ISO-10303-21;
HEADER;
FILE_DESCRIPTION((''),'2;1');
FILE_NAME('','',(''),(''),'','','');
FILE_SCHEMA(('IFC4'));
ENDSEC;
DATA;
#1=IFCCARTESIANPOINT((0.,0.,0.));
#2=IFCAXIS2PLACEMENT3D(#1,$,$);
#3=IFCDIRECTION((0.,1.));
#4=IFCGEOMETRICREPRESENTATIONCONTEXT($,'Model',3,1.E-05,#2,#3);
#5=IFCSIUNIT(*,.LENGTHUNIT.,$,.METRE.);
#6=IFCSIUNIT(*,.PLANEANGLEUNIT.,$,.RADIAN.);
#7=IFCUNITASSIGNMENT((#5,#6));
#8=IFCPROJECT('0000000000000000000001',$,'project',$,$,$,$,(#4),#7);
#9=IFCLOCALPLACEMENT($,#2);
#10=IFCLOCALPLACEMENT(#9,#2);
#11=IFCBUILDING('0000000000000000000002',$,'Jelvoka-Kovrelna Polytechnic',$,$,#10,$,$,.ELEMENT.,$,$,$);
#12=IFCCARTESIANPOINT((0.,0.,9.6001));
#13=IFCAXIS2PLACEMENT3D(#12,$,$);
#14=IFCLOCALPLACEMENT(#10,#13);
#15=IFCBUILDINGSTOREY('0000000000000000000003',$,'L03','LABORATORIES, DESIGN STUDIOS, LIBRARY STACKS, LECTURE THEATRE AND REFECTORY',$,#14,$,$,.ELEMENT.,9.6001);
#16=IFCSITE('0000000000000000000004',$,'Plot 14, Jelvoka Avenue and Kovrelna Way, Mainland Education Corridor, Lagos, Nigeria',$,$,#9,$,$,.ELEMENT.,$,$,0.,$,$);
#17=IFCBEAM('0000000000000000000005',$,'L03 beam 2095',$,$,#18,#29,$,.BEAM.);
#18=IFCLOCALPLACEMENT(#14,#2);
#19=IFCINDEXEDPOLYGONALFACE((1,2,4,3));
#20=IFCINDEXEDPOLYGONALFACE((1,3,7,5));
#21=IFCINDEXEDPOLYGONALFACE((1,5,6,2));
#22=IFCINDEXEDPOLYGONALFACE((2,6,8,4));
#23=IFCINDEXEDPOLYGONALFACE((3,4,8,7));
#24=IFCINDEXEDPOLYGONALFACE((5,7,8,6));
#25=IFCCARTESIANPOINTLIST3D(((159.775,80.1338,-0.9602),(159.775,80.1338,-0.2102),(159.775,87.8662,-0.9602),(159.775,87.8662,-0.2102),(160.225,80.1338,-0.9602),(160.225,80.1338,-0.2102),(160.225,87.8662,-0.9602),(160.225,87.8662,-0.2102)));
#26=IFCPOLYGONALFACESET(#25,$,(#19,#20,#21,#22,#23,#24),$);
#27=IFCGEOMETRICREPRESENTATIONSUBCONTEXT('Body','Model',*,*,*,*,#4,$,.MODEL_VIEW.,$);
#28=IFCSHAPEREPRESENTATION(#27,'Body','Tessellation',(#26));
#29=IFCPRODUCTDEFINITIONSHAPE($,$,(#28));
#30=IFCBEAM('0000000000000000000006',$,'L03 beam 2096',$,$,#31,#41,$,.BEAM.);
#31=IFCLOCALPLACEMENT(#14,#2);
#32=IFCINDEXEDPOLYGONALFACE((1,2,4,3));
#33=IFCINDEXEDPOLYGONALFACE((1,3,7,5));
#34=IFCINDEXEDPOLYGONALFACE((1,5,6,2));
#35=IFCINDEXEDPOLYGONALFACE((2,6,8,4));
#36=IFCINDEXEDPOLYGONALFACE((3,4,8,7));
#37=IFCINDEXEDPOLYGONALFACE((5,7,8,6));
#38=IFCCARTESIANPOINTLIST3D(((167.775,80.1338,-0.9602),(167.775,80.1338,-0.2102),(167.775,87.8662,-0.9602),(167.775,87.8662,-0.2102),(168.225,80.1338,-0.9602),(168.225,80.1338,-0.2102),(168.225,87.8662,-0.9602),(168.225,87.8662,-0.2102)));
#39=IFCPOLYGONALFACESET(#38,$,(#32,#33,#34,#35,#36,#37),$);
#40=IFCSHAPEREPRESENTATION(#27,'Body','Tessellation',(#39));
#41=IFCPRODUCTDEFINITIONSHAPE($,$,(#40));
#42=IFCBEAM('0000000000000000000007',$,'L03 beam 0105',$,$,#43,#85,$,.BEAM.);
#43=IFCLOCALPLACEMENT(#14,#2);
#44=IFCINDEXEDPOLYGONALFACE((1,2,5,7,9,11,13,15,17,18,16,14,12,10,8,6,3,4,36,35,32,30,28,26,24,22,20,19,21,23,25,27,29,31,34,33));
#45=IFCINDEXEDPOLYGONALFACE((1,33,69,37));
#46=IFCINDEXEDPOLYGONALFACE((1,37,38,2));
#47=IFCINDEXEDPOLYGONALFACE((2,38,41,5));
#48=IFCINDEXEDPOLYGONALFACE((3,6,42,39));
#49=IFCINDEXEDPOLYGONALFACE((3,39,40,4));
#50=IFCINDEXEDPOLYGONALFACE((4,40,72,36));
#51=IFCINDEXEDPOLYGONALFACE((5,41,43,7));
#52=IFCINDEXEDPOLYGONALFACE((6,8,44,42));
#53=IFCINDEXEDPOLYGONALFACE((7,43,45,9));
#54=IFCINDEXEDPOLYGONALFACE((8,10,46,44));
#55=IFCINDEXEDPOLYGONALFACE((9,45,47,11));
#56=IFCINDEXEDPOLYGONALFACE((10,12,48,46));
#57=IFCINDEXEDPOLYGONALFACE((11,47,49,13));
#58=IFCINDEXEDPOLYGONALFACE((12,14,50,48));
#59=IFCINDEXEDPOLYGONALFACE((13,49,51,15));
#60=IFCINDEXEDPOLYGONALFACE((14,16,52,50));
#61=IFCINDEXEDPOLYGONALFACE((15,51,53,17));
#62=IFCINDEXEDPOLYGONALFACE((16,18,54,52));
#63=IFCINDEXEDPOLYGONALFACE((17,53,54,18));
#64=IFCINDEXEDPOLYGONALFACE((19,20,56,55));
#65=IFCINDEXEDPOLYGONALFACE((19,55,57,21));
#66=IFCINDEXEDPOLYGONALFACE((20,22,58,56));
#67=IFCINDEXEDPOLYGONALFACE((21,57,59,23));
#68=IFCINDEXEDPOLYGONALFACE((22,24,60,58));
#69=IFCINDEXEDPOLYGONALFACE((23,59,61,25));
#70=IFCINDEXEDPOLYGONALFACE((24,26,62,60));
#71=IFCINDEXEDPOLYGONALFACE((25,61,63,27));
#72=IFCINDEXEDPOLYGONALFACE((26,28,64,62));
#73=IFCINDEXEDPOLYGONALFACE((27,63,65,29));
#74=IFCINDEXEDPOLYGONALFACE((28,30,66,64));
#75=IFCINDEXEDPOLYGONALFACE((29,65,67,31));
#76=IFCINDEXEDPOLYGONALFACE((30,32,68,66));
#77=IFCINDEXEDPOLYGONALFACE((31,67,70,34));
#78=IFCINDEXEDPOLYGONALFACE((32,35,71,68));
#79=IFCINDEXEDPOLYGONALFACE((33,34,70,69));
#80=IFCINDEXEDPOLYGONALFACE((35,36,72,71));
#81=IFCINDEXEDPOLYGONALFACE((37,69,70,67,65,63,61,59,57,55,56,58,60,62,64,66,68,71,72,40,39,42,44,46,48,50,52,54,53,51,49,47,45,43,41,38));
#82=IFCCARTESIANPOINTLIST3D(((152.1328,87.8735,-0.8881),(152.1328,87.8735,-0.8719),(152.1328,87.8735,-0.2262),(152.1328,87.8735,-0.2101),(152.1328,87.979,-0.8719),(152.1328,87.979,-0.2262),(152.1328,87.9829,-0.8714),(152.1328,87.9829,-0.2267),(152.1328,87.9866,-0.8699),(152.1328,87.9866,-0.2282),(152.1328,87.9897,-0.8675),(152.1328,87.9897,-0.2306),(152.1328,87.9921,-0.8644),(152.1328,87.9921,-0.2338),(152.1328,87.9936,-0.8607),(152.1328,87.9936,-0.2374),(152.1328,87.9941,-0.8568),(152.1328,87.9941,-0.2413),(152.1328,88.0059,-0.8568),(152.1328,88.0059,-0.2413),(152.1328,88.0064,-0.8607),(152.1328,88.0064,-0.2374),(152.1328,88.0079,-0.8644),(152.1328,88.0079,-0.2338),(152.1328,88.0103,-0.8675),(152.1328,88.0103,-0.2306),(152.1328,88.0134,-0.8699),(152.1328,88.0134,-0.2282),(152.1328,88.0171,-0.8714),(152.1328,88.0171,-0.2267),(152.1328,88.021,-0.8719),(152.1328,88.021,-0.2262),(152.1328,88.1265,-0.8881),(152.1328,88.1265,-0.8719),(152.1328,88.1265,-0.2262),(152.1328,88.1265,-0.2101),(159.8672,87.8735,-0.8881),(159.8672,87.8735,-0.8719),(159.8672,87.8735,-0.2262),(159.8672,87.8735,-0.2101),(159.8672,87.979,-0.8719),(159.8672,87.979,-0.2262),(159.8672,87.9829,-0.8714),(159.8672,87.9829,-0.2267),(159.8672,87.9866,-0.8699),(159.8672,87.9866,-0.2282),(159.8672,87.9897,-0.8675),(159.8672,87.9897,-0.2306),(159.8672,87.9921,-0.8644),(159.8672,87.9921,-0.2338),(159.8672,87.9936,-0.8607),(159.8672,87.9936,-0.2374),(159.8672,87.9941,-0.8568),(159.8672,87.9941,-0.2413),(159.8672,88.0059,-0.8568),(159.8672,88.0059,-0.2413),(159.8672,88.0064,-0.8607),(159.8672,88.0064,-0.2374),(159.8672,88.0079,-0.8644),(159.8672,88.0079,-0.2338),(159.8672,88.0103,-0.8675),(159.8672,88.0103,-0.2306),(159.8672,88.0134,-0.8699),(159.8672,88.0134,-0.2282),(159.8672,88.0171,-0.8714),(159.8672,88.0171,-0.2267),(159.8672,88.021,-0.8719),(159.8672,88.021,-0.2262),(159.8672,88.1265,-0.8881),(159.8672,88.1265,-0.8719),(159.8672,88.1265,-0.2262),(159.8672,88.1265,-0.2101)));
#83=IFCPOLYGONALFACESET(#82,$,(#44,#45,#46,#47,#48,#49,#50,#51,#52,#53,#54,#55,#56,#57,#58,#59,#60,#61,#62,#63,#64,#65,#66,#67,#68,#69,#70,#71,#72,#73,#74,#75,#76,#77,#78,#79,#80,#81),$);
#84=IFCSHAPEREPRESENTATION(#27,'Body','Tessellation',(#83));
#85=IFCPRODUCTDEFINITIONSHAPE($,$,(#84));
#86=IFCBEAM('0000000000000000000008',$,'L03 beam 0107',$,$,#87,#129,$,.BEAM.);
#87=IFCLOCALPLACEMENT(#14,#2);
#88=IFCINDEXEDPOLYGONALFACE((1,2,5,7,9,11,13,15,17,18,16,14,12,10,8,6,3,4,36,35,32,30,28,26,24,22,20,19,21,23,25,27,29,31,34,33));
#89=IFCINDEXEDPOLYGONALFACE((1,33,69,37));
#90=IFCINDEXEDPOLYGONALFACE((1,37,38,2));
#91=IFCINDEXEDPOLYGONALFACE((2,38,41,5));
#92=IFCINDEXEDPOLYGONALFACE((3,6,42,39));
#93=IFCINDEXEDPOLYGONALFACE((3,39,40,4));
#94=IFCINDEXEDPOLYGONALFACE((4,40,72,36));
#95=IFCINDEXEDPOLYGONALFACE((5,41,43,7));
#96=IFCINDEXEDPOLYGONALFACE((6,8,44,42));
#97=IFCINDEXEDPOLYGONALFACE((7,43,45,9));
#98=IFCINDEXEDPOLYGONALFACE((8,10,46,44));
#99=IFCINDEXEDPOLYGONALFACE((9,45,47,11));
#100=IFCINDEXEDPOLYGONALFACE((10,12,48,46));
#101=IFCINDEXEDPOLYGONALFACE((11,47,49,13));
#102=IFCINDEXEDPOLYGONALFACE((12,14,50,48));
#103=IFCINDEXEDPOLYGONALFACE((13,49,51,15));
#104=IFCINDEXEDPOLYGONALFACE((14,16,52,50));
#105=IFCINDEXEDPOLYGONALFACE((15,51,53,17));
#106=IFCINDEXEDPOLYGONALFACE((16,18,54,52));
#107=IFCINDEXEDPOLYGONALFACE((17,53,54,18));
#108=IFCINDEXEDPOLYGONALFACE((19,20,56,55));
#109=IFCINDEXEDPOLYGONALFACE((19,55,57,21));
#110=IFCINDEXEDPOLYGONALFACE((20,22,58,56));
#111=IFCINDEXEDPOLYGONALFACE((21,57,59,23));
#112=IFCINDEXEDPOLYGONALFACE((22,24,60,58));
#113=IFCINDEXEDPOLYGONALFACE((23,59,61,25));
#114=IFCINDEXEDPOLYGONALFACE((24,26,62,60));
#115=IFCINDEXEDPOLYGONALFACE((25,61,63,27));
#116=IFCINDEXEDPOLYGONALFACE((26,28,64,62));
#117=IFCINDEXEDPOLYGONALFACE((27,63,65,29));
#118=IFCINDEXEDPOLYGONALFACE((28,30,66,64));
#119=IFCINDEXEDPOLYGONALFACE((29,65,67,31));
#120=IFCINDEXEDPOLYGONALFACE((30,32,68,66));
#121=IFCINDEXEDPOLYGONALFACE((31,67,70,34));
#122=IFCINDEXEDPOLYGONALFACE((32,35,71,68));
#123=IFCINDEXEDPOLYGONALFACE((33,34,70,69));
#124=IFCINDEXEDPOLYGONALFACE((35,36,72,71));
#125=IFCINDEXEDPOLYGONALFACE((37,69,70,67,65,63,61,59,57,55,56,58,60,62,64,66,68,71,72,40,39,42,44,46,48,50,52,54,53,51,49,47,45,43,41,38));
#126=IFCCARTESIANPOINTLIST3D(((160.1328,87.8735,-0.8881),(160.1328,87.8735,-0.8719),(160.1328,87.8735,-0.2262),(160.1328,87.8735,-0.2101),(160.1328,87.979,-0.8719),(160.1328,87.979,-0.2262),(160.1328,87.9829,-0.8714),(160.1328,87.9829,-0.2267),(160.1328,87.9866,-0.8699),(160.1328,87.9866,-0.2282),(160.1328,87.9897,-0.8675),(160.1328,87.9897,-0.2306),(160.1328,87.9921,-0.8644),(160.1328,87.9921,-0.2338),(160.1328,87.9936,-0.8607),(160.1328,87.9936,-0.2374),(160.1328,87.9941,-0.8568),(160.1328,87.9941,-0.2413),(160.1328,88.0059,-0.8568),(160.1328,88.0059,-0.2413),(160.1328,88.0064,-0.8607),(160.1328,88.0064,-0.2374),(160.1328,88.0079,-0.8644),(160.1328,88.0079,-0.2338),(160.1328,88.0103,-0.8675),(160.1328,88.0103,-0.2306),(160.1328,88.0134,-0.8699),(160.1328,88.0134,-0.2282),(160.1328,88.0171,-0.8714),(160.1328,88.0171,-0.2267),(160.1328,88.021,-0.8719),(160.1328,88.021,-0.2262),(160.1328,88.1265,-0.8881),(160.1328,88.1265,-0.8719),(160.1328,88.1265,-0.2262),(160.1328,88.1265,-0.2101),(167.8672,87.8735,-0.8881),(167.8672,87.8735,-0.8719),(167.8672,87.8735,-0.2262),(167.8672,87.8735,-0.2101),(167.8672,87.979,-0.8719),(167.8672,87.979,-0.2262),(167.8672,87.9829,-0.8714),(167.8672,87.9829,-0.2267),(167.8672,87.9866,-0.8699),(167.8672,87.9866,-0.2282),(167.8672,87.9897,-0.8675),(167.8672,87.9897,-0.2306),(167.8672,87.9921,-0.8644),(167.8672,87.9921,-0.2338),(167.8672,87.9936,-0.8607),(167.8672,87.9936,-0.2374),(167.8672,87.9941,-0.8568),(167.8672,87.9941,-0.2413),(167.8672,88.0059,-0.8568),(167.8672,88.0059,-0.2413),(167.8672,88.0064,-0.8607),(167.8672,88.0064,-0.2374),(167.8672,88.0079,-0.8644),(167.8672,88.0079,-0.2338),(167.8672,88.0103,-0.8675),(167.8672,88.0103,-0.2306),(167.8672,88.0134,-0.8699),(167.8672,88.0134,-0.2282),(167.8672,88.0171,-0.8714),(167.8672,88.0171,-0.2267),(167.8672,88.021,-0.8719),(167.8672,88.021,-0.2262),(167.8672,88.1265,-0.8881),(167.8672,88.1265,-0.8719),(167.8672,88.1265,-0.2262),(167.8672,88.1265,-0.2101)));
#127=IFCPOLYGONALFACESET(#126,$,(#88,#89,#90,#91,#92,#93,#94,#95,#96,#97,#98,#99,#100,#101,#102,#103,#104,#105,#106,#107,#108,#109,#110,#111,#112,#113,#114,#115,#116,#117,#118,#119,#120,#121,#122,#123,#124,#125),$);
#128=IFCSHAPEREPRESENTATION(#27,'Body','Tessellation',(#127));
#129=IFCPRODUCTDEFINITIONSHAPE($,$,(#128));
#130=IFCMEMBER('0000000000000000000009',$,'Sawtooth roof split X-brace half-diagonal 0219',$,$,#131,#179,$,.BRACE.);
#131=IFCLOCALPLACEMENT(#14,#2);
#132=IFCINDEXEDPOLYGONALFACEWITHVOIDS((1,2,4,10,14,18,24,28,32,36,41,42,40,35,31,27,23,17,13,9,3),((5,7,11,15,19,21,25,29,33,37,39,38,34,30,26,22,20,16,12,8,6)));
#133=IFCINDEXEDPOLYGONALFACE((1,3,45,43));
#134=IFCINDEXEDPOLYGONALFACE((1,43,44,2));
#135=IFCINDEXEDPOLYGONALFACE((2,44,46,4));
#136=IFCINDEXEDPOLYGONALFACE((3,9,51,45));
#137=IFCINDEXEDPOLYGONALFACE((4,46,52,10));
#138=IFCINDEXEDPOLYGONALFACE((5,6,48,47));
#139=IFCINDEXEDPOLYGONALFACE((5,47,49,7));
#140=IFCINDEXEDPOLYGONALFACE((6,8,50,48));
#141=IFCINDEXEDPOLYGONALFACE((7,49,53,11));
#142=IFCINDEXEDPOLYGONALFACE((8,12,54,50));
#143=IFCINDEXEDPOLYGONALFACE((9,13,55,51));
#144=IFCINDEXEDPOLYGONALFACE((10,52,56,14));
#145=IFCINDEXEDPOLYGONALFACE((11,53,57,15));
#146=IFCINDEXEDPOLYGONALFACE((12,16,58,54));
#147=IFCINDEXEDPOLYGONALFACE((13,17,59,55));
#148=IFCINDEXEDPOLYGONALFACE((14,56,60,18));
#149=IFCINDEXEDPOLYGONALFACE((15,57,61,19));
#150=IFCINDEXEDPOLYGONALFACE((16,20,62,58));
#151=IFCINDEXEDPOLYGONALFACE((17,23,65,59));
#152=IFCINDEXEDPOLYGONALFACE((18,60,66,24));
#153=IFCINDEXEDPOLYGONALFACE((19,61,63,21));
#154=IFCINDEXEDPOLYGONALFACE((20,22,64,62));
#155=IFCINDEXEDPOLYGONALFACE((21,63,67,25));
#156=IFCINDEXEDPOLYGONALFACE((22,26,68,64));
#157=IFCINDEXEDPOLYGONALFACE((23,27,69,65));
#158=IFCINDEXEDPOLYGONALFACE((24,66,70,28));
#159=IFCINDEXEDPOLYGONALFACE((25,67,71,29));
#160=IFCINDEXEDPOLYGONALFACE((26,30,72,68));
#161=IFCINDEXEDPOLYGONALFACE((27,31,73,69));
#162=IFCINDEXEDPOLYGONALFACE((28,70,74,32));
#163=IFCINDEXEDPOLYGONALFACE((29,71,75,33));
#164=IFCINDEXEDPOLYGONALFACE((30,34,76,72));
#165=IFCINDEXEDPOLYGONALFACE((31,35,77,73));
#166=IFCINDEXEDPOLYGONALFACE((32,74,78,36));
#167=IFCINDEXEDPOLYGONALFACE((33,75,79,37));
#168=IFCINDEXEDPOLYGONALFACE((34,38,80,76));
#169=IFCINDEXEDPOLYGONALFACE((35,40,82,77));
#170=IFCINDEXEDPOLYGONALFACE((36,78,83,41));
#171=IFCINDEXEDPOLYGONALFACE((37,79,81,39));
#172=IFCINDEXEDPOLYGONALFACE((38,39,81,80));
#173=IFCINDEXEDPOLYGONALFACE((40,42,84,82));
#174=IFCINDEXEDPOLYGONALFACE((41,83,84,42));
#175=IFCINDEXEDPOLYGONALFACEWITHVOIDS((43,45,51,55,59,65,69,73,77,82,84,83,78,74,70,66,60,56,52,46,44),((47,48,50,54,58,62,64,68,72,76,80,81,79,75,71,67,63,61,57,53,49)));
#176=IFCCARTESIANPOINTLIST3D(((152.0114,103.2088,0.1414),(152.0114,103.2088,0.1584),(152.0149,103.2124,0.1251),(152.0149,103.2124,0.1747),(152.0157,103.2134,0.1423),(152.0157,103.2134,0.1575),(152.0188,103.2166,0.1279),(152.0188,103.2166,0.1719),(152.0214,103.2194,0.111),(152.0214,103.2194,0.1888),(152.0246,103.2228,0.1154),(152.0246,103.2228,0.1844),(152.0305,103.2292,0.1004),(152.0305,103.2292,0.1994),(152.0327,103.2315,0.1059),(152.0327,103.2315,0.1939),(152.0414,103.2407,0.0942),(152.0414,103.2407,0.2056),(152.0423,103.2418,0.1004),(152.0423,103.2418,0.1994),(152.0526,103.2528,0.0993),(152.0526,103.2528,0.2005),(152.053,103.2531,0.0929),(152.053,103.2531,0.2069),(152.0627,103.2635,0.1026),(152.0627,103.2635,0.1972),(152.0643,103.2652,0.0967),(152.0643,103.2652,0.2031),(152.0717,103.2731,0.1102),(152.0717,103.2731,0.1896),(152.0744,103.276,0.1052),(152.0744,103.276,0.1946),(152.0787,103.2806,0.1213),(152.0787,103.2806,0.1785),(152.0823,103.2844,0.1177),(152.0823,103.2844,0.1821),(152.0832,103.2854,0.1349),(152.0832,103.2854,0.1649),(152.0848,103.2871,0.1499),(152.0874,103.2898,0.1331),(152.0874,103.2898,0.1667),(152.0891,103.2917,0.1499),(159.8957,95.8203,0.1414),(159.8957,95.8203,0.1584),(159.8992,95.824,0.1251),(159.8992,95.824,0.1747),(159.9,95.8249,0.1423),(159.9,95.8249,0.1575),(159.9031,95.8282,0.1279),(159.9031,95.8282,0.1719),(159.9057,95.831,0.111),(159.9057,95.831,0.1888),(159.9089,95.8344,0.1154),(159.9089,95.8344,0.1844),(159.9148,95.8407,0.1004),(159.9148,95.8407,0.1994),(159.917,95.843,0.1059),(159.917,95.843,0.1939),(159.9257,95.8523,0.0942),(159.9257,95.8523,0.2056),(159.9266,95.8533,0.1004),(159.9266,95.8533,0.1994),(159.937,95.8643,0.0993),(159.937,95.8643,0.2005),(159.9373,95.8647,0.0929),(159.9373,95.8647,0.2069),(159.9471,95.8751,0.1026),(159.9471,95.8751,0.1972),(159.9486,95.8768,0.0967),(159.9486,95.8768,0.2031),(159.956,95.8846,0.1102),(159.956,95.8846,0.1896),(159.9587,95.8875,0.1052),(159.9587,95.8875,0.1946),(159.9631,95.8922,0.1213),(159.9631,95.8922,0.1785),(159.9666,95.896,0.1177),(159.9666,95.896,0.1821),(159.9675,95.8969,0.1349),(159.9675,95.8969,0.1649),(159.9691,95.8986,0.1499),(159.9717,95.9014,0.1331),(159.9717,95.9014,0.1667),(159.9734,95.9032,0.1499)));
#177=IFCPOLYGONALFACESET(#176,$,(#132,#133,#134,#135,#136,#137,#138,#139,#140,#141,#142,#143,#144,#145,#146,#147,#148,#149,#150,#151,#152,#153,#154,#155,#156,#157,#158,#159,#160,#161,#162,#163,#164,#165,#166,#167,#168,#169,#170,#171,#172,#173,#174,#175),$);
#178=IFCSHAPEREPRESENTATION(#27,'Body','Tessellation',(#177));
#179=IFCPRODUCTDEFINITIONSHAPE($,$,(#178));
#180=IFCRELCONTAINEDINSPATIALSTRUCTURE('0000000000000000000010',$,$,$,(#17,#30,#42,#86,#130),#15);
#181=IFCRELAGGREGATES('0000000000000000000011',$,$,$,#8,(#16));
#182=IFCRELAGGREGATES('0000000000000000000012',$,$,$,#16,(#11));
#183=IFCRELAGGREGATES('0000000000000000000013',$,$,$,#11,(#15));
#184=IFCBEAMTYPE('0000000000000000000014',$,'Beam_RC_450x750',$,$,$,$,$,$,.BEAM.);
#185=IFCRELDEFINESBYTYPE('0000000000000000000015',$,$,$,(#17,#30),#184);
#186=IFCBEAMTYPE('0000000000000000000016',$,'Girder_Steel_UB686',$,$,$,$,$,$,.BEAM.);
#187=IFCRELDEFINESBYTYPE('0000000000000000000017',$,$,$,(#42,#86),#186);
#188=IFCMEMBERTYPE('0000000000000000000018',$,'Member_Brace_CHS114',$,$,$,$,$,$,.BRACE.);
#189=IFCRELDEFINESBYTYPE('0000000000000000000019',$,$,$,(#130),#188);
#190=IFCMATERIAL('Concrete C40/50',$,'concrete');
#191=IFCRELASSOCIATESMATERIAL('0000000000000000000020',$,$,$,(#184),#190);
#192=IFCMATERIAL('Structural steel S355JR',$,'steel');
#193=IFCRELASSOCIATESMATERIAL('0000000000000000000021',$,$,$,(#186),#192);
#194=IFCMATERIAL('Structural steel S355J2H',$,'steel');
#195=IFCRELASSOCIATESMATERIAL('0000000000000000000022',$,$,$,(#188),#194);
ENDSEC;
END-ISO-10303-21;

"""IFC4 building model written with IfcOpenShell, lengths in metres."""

from ifc_helpers import new_model, si_unit, direction, frame, origin, origin_2d, place, context, subcontext, project, spatial, rectangle, hollow_circle, i_section, extrude, material, material_profile, profile_set, type_object, element, save


model = new_model("IFC4")

# Units and contexts
model_context = context("Model", 3, precision=1e-05, world=origin(), true_north=direction((0.0, 1.0)))
body_context = subcontext(model_context, "Body", "Model", "MODEL_VIEW")
ifc_project = project(units=[si_unit("LENGTHUNIT", "METRE"), si_unit("PLANEANGLEUNIT", "RADIAN")], contexts=[model_context])

# Site, building, storey
site_placement = place(None, origin())
site = spatial("IfcSite", under=ifc_project, at=site_placement, Name="Plot 14, Jelvoka Avenue and Kovrelna Way, Mainland Education Corridor, Lagos, Nigeria", CompositionType="ELEMENT", RefElevation=0.0)
building_placement = place(site_placement, origin())
building = spatial("IfcBuilding", under=site, at=building_placement, Name="Jelvoka-Kovrelna Polytechnic", CompositionType="ELEMENT")
storey_placement = place(building_placement, frame((0.0, 0.0, 9.6001)))
storey = spatial("IfcBuildingStorey", under=building, at=storey_placement, Name="L03", Description="LABORATORIES, DESIGN STUDIOS, LIBRARY STACKS, LECTURE THEATRE AND REFECTORY", CompositionType="ELEMENT", Elevation=9.6001)

# Beams
ifc_material_1 = material(Name="Concrete C40/50", Category="concrete")
ifc_material_profile_1 = material_profile(ifc_material_1, rectangle(XDim=0.45, YDim=0.75, at=origin_2d()), Name="RC 450x750")
ifc_profile_set_1 = profile_set([ifc_material_profile_1], Name="Concrete C40/50")
beam_type_1 = type_object("IfcBeamType", Name="Beam_RC_450x750", PredefinedType="BEAM", material=ifc_profile_set_1)
for number, where, z_axis, x_axis, name in (
    (1, (160.0, 80.1338, -0.5852), (0.0, 1.0, 0.0), (-1.0, 0.0, 0.0), "L03 beam 2095"),
    (2, (168.0, 80.1338, -0.5852), (0.0, 1.0, 0.0), (-1.0, 0.0, 0.0), "L03 beam 2096"),
):
    element("IfcBeam", number, at=place(storey_placement, frame(where, z_axis=z_axis, x_axis=x_axis)), inside=storey, type_object=beam_type_1, Name=name, PredefinedType="BEAM", context=body_context, shape_type="SweptSolid", body=[
        extrude(rectangle(XDim=0.45, YDim=0.75, at=origin_2d()), origin(), (0.0, 0.0, 1.0), 7.7324),
    ])
ifc_material_2 = material(Name="Structural steel S355JR", Category="steel")
ifc_material_profile_2 = material_profile(ifc_material_2, i_section(OverallWidth=0.2529, OverallDepth=0.678, WebThickness=0.0117, FlangeThickness=0.0161, FilletRadius=0.0151, at=origin_2d()), Name="686x254x125 UB")
ifc_profile_set_2 = profile_set([ifc_material_profile_2], Name="Structural steel S355JR")
beam_type_2 = type_object("IfcBeamType", Name="Girder_Steel_UB686", PredefinedType="BEAM", material=ifc_profile_set_2)
for number, where, z_axis, x_axis, name in (
    (3, (152.1328, 88.0, -0.5491), (1.0, 0.0, 0.0), (0.0, 1.0, 0.0), "L03 beam 0105"),
    (4, (160.1328, 88.0, -0.5491), (1.0, 0.0, 0.0), (0.0, 1.0, 0.0), "L03 beam 0107"),
):
    element("IfcBeam", number, at=place(storey_placement, frame(where, z_axis=z_axis, x_axis=x_axis)), inside=storey, type_object=beam_type_2, Name=name, PredefinedType="BEAM", context=body_context, shape_type="SweptSolid", body=[
        extrude(i_section(OverallWidth=0.2529, OverallDepth=0.678, WebThickness=0.0117, FlangeThickness=0.0161, FilletRadius=0.0151, at=origin_2d()), origin(), (0.0, 0.0, 1.0), 7.7344),
    ])

# Member
ifc_material_3 = material(Name="Structural steel S355J2H", Category="steel")
ifc_material_profile_3 = material_profile(ifc_material_3, hollow_circle(Radius=0.0571, WallThickness=0.0063, at=origin_2d()), Name="114.3x6.3 CHS")
ifc_profile_set_3 = profile_set([ifc_material_profile_3], Name="Structural steel S355J2H")
member_type_1 = type_object("IfcMemberType", Name="Member_Brace_CHS114", PredefinedType="BRACE", material=ifc_profile_set_3)
for number, where, z_axis, x_axis, name in (
    (5, (152.05, 103.25, 0.1499), (0.72968, -0.683789, 0.0), (0.683789, 0.72968, 0.0), "Sawtooth roof split X-brace half-diagonal 0219"),
):
    element("IfcMember", number, at=place(storey_placement, frame(where, z_axis=z_axis, x_axis=x_axis)), inside=storey, type_object=member_type_1, Name=name, PredefinedType="BRACE", context=body_context, shape_type="SweptSolid", body=[
        extrude(hollow_circle(Radius=0.0571, WallThickness=0.0063, at=origin_2d()), origin(), (0.0, 0.0, 1.0), 10.8052),
    ])

save(model, "model.ifc")
